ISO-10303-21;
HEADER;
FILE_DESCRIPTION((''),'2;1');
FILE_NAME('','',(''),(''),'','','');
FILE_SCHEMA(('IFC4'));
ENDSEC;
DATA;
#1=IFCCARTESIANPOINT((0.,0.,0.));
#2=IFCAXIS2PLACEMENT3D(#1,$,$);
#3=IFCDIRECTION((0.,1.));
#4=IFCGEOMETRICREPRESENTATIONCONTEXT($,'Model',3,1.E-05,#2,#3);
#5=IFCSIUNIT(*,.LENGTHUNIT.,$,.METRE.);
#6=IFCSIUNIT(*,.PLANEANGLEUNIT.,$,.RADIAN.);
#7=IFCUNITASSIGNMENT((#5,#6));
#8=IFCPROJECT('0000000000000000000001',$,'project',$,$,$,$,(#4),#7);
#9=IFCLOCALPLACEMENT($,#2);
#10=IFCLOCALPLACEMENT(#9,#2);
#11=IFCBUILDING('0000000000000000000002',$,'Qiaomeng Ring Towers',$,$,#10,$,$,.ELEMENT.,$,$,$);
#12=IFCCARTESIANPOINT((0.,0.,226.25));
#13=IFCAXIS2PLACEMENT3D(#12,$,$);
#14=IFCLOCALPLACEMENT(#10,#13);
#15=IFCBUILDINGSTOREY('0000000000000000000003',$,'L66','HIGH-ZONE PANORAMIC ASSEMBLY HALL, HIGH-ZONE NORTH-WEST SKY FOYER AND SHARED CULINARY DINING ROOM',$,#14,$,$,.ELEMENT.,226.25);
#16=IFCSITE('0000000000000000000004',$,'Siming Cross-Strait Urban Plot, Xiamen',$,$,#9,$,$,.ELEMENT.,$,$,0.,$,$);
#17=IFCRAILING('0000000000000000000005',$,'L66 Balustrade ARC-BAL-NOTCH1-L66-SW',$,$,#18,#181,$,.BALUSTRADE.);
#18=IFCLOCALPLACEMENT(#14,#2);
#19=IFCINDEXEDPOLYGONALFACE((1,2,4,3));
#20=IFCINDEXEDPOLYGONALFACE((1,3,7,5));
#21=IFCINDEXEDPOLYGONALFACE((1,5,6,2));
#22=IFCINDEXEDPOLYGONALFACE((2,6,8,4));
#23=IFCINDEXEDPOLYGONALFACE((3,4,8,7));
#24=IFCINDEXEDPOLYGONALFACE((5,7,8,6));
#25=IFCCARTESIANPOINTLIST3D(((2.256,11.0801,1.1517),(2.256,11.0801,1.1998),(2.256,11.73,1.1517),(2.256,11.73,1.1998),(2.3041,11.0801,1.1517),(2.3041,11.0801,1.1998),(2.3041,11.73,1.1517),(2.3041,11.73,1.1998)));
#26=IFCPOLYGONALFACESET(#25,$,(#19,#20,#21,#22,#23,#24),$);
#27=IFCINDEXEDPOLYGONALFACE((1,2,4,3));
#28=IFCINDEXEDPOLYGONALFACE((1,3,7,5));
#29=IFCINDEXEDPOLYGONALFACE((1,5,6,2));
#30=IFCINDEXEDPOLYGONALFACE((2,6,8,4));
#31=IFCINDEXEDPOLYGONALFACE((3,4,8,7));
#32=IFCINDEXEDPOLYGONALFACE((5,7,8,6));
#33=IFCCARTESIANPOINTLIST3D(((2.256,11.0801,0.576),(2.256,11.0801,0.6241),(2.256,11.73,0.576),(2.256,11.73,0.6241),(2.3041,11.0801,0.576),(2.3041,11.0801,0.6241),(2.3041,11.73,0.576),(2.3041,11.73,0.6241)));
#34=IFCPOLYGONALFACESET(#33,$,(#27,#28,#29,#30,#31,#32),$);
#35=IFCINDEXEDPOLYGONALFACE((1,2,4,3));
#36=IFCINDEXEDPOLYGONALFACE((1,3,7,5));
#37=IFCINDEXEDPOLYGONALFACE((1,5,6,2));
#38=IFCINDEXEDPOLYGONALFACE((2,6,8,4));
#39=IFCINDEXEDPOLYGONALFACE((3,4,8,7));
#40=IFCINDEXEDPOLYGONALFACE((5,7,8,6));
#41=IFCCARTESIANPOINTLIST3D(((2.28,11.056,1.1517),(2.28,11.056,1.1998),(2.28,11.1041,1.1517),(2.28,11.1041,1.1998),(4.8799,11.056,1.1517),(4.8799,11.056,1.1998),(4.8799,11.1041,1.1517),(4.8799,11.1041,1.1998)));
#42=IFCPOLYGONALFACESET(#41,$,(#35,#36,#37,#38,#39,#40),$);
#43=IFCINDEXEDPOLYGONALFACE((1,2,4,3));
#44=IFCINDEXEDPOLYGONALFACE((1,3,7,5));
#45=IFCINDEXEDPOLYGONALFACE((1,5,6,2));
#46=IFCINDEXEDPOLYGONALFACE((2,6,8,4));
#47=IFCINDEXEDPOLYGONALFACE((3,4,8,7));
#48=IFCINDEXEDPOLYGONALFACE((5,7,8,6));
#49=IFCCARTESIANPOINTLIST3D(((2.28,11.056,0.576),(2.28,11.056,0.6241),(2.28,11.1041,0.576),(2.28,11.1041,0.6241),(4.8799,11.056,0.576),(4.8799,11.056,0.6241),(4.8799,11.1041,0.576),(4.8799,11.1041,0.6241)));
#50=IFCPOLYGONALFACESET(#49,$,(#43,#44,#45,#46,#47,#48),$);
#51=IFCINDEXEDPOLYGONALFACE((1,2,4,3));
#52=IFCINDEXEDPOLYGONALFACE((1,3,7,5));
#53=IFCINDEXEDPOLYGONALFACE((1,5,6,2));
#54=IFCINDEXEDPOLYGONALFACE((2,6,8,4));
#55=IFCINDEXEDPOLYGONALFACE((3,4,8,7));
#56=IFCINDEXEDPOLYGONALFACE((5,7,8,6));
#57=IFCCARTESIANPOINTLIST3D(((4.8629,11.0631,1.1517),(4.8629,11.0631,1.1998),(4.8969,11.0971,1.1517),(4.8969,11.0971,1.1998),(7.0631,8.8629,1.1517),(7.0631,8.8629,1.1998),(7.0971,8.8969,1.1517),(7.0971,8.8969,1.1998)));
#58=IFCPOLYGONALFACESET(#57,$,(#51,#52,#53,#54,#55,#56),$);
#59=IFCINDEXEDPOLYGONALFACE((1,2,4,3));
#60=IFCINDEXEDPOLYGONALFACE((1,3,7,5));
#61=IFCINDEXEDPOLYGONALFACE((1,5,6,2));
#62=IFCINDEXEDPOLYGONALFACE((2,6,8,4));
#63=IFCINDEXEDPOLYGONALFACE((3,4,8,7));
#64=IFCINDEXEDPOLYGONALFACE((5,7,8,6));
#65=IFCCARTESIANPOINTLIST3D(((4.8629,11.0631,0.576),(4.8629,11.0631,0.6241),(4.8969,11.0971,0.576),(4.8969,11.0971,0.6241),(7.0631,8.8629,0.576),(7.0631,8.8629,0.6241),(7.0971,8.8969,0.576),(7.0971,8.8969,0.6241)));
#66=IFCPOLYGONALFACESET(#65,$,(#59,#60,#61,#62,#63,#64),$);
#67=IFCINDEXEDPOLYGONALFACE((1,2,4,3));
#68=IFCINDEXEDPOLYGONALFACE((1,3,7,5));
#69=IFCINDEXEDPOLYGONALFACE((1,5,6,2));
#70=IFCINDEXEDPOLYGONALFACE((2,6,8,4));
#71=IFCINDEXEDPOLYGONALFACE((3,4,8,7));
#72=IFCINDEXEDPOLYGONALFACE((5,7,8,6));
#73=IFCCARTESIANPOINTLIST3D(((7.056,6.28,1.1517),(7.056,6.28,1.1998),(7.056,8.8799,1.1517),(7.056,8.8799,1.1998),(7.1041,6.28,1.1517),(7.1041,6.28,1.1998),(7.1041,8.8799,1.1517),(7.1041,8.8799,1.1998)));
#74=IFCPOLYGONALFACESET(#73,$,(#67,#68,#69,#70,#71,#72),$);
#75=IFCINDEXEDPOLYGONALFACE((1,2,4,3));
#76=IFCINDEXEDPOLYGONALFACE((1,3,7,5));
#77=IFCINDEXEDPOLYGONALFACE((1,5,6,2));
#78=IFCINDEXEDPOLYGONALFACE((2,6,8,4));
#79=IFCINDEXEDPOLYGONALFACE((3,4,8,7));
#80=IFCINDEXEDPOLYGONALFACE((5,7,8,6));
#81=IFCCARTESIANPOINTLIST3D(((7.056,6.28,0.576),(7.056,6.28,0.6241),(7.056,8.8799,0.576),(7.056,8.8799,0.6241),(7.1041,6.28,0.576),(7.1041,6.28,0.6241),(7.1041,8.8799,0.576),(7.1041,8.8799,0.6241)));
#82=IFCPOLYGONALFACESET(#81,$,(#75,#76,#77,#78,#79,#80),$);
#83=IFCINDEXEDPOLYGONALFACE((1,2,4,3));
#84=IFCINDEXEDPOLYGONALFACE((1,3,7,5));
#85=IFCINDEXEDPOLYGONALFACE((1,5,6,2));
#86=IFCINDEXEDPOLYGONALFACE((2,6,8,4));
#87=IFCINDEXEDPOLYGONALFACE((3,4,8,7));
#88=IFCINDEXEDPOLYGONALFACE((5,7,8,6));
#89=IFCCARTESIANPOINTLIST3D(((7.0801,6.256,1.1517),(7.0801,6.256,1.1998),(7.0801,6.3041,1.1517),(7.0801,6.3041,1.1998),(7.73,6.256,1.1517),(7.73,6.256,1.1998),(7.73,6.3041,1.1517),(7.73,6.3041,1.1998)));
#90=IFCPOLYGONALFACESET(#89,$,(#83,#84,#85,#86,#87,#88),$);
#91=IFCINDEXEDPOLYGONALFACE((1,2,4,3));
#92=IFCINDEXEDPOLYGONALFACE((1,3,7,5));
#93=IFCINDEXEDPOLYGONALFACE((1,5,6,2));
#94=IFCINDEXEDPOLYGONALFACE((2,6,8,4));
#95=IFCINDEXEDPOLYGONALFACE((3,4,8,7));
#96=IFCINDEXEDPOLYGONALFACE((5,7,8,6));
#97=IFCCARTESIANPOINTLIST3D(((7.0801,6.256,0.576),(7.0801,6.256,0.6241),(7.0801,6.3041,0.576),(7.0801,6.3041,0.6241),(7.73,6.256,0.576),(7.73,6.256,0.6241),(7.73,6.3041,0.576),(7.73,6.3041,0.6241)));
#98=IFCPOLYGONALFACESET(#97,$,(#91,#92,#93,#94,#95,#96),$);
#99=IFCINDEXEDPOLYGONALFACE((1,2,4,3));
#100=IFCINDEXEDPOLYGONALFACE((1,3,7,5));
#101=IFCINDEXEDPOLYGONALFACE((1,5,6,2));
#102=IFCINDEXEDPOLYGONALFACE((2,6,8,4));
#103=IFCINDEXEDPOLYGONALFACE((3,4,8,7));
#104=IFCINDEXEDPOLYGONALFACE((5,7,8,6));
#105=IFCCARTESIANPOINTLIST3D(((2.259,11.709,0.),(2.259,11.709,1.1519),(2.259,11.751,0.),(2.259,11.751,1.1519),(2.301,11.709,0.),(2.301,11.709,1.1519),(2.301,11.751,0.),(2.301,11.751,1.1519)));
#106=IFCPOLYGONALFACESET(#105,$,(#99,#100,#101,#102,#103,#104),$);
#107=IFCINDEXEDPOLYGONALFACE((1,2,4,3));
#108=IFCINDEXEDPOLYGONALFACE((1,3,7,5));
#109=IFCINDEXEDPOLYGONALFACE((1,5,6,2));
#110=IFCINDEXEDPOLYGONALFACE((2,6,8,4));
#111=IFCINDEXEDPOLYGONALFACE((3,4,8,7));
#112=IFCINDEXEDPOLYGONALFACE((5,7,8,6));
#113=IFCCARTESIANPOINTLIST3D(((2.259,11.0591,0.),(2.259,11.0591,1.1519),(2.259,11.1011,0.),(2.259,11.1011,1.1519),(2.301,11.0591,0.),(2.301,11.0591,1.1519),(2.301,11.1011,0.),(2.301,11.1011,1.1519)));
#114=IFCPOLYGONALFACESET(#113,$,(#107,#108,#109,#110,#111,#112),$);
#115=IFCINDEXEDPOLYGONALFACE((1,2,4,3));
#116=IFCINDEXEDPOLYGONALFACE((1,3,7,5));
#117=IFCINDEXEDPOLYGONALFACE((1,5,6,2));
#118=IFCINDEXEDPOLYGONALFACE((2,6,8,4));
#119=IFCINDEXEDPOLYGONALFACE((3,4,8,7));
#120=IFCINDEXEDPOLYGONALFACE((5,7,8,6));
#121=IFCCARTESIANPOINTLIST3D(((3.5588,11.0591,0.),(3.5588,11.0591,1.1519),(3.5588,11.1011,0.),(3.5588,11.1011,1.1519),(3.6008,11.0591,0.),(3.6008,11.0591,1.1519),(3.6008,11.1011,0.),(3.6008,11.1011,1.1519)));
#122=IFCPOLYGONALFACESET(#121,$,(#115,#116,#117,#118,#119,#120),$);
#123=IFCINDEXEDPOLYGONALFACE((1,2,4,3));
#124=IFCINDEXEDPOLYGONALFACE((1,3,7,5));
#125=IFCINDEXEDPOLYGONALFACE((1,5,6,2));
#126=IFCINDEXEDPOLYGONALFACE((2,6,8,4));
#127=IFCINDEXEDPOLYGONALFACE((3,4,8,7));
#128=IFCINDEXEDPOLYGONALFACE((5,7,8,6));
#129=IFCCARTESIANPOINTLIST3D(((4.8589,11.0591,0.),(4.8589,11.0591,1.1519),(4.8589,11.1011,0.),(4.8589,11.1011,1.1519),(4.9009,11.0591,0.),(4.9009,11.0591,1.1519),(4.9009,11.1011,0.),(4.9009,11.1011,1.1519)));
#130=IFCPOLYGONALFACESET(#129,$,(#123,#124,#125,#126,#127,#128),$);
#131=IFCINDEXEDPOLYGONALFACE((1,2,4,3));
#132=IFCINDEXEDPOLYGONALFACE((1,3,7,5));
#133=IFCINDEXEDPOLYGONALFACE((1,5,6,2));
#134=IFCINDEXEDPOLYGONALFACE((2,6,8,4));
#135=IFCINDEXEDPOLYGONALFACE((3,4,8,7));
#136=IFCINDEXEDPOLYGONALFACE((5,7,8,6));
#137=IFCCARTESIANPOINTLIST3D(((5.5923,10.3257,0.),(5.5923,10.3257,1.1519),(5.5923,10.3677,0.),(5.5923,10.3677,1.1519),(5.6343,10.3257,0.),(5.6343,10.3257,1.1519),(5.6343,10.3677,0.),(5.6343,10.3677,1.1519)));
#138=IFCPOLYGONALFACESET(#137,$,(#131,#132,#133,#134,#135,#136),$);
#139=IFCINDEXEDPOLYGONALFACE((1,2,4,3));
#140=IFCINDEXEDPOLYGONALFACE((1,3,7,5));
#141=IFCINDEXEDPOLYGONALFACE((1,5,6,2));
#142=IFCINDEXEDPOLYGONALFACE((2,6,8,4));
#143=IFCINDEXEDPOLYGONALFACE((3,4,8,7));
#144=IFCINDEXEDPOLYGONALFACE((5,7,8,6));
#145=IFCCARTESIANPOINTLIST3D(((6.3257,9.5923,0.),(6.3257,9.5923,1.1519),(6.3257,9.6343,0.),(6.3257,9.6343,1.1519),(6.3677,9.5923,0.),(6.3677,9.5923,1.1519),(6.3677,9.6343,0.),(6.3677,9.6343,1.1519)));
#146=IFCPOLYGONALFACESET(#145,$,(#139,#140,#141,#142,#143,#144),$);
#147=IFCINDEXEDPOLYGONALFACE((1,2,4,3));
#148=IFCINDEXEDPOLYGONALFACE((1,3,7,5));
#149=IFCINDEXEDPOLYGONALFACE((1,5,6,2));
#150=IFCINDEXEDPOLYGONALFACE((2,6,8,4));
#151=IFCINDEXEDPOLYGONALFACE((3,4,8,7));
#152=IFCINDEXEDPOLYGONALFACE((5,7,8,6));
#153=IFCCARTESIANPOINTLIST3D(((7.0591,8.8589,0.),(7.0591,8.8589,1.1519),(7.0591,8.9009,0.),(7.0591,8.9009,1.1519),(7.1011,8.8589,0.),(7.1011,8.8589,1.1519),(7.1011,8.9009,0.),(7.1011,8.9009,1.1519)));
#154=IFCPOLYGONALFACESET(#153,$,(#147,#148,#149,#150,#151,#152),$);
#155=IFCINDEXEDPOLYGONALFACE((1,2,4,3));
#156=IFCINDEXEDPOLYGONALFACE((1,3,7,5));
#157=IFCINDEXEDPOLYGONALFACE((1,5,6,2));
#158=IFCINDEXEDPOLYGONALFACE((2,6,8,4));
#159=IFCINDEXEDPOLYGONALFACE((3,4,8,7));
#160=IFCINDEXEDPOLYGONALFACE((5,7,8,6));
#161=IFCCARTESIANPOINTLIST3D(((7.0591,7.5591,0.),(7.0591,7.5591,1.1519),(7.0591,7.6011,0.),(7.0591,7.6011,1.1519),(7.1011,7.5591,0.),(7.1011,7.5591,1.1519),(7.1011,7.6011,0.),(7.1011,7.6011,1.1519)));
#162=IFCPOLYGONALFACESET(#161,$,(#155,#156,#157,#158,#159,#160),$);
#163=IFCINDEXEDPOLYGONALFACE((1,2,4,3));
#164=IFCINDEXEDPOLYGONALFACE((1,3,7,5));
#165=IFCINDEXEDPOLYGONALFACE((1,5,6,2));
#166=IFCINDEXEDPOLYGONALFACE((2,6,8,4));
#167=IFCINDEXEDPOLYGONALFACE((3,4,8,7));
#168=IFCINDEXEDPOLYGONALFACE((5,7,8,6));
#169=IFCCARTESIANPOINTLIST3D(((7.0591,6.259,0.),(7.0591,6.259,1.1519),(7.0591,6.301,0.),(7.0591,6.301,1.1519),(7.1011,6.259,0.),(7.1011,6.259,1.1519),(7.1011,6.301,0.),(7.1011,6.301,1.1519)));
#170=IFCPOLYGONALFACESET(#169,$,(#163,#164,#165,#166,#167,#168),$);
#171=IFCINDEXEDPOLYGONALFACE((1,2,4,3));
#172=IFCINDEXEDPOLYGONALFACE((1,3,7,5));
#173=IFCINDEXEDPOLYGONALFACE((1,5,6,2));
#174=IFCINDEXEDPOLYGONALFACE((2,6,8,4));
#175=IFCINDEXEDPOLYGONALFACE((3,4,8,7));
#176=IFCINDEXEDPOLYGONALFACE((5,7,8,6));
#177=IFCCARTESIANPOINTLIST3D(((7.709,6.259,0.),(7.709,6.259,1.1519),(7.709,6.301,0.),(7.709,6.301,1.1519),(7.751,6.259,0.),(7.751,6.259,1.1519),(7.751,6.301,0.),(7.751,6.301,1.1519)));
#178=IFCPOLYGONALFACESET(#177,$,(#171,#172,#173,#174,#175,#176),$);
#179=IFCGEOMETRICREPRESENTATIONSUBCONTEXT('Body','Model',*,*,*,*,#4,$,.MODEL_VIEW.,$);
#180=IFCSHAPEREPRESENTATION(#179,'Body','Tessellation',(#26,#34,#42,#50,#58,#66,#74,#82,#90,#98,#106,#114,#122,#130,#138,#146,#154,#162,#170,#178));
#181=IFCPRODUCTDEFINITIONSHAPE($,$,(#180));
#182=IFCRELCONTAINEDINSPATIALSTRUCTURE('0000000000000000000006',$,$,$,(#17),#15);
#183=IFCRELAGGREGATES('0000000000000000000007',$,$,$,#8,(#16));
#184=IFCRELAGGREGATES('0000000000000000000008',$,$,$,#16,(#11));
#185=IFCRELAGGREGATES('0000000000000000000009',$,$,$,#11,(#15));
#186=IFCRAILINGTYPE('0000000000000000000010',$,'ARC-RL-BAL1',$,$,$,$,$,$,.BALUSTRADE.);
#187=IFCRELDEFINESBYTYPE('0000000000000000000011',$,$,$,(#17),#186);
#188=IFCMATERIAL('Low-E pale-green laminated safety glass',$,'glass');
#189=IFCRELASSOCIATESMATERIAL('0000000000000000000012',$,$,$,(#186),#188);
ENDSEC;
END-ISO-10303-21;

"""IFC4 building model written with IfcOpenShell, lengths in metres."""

from ifc_helpers import new_model, si_unit, direction, frame, origin, origin_2d, place, context, subcontext, project, spatial, rectangle, extrude, material, type_object, element, save


model = new_model("IFC4")

# Units and contexts
model_context = context("Model", 3, precision=1e-05, world=origin(), true_north=direction((0.0, 1.0)))
body_context = subcontext(model_context, "Body", "Model", "MODEL_VIEW")
ifc_project = project(units=[si_unit("LENGTHUNIT", "METRE"), si_unit("PLANEANGLEUNIT", "RADIAN")], contexts=[model_context])

# Site, building, storey
site_placement = place(None, origin())
site = spatial("IfcSite", under=ifc_project, at=site_placement, Name="Siming Cross-Strait Urban Plot, Xiamen", CompositionType="ELEMENT", RefElevation=0.0)
building_placement = place(site_placement, origin())
building = spatial("IfcBuilding", under=site, at=building_placement, Name="Qiaomeng Ring Towers", CompositionType="ELEMENT")
storey_placement = place(building_placement, frame((0.0, 0.0, 226.25)))
storey = spatial("IfcBuildingStorey", under=building, at=storey_placement, Name="L66", Description="HIGH-ZONE PANORAMIC ASSEMBLY HALL, HIGH-ZONE NORTH-WEST SKY FOYER AND SHARED CULINARY DINING ROOM", CompositionType="ELEMENT", Elevation=226.25)

# Railing
ifc_material_1 = material(Name="Low-E pale-green laminated safety glass", Category="glass")
railing_type_1 = type_object("IfcRailingType", Name="ARC-RL-BAL1", PredefinedType="BALUSTRADE", material=ifc_material_1)
railing_1_placement = place(storey_placement, frame((2.28, 11.73, 0.0)))
element("IfcRailing", 1, at=railing_1_placement, inside=storey, type_object=railing_type_1, Name="L66 Balustrade ARC-BAL-NOTCH1-L66-SW", PredefinedType="BALUSTRADE", context=body_context, shape_type="SweptSolid", body=[
    extrude(rectangle(XDim=0.0481, YDim=0.0481, at=origin_2d()), frame((0.0, 0.0, 1.1758), z_axis=(0.0, -1.0, 0.0), x_axis=(1.0, 0.0, 0.0)), (0.0, 0.0, 1.0), 0.6499),
    extrude(rectangle(XDim=0.0481, YDim=0.0481, at=origin_2d()), frame((0.0, 0.0, 0.6001), z_axis=(0.0, -1.0, 0.0), x_axis=(1.0, 0.0, 0.0)), (0.0, 0.0, 1.0), 0.6499),
    extrude(rectangle(XDim=0.0481, YDim=0.0481, at=origin_2d()), frame((0.0, -0.6499, 1.1758), z_axis=(1.0, 0.0, 0.0), x_axis=(0.0, 1.0, 0.0)), (0.0, 0.0, 1.0), 2.5999),
    extrude(rectangle(XDim=0.0481, YDim=0.0481, at=origin_2d()), frame((0.0, -0.6499, 0.6001), z_axis=(1.0, 0.0, 0.0), x_axis=(0.0, 1.0, 0.0)), (0.0, 0.0, 1.0), 2.5999),
    extrude(rectangle(XDim=0.0481, YDim=0.0481, at=origin_2d()), frame((2.5999, -0.6499, 1.1758), z_axis=(0.707107, -0.707107, 0.0), x_axis=(0.707107, 0.707107, 0.0)), (0.0, 0.0, 1.0), 3.1116),
    extrude(rectangle(XDim=0.0481, YDim=0.0481, at=origin_2d()), frame((2.5999, -0.6499, 0.6001), z_axis=(0.707107, -0.707107, 0.0), x_axis=(0.707107, 0.707107, 0.0)), (0.0, 0.0, 1.0), 3.1116),
    extrude(rectangle(XDim=0.0481, YDim=0.0481, at=origin_2d()), frame((4.8, -2.8501, 1.1758), z_axis=(0.0, -1.0, 0.0), x_axis=(1.0, 0.0, 0.0)), (0.0, 0.0, 1.0), 2.5999),
    extrude(rectangle(XDim=0.0481, YDim=0.0481, at=origin_2d()), frame((4.8, -2.8501, 0.6001), z_axis=(0.0, -1.0, 0.0), x_axis=(1.0, 0.0, 0.0)), (0.0, 0.0, 1.0), 2.5999),
    extrude(rectangle(XDim=0.0481, YDim=0.0481, at=origin_2d()), frame((4.8, -5.45, 1.1758), z_axis=(1.0, 0.0, 0.0), x_axis=(0.0, 1.0, 0.0)), (0.0, 0.0, 1.0), 0.6499),
    extrude(rectangle(XDim=0.0481, YDim=0.0481, at=origin_2d()), frame((4.8, -5.45, 0.6001), z_axis=(1.0, 0.0, 0.0), x_axis=(0.0, 1.0, 0.0)), (0.0, 0.0, 1.0), 0.6499),
    extrude(rectangle(XDim=0.042, YDim=0.042, at=origin_2d()), origin(), (0.0, 0.0, 1.0), 1.1519),
    extrude(rectangle(XDim=0.042, YDim=0.042, at=origin_2d()), frame((0.0, -0.6499, 0.0)), (0.0, 0.0, 1.0), 1.1519),
    extrude(rectangle(XDim=0.042, YDim=0.042, at=origin_2d()), frame((1.2998, -0.6499, 0.0)), (0.0, 0.0, 1.0), 1.1519),
    extrude(rectangle(XDim=0.042, YDim=0.042, at=origin_2d()), frame((2.5999, -0.6499, 0.0)), (0.0, 0.0, 1.0), 1.1519),
    extrude(rectangle(XDim=0.042, YDim=0.042, at=origin_2d()), frame((3.3333, -1.3833, 0.0)), (0.0, 0.0, 1.0), 1.1519),
    extrude(rectangle(XDim=0.042, YDim=0.042, at=origin_2d()), frame((4.0667, -2.1167, 0.0)), (0.0, 0.0, 1.0), 1.1519),
    extrude(rectangle(XDim=0.042, YDim=0.042, at=origin_2d()), frame((4.8, -2.8501, 0.0)), (0.0, 0.0, 1.0), 1.1519),
    extrude(rectangle(XDim=0.042, YDim=0.042, at=origin_2d()), frame((4.8, -4.1499, 0.0)), (0.0, 0.0, 1.0), 1.1519),
    extrude(rectangle(XDim=0.042, YDim=0.042, at=origin_2d()), frame((4.8, -5.45, 0.0)), (0.0, 0.0, 1.0), 1.1519),
    extrude(rectangle(XDim=0.042, YDim=0.042, at=origin_2d()), frame((5.45, -5.45, 0.0)), (0.0, 0.0, 1.0), 1.1519),
])

save(model, "model.ifc")
